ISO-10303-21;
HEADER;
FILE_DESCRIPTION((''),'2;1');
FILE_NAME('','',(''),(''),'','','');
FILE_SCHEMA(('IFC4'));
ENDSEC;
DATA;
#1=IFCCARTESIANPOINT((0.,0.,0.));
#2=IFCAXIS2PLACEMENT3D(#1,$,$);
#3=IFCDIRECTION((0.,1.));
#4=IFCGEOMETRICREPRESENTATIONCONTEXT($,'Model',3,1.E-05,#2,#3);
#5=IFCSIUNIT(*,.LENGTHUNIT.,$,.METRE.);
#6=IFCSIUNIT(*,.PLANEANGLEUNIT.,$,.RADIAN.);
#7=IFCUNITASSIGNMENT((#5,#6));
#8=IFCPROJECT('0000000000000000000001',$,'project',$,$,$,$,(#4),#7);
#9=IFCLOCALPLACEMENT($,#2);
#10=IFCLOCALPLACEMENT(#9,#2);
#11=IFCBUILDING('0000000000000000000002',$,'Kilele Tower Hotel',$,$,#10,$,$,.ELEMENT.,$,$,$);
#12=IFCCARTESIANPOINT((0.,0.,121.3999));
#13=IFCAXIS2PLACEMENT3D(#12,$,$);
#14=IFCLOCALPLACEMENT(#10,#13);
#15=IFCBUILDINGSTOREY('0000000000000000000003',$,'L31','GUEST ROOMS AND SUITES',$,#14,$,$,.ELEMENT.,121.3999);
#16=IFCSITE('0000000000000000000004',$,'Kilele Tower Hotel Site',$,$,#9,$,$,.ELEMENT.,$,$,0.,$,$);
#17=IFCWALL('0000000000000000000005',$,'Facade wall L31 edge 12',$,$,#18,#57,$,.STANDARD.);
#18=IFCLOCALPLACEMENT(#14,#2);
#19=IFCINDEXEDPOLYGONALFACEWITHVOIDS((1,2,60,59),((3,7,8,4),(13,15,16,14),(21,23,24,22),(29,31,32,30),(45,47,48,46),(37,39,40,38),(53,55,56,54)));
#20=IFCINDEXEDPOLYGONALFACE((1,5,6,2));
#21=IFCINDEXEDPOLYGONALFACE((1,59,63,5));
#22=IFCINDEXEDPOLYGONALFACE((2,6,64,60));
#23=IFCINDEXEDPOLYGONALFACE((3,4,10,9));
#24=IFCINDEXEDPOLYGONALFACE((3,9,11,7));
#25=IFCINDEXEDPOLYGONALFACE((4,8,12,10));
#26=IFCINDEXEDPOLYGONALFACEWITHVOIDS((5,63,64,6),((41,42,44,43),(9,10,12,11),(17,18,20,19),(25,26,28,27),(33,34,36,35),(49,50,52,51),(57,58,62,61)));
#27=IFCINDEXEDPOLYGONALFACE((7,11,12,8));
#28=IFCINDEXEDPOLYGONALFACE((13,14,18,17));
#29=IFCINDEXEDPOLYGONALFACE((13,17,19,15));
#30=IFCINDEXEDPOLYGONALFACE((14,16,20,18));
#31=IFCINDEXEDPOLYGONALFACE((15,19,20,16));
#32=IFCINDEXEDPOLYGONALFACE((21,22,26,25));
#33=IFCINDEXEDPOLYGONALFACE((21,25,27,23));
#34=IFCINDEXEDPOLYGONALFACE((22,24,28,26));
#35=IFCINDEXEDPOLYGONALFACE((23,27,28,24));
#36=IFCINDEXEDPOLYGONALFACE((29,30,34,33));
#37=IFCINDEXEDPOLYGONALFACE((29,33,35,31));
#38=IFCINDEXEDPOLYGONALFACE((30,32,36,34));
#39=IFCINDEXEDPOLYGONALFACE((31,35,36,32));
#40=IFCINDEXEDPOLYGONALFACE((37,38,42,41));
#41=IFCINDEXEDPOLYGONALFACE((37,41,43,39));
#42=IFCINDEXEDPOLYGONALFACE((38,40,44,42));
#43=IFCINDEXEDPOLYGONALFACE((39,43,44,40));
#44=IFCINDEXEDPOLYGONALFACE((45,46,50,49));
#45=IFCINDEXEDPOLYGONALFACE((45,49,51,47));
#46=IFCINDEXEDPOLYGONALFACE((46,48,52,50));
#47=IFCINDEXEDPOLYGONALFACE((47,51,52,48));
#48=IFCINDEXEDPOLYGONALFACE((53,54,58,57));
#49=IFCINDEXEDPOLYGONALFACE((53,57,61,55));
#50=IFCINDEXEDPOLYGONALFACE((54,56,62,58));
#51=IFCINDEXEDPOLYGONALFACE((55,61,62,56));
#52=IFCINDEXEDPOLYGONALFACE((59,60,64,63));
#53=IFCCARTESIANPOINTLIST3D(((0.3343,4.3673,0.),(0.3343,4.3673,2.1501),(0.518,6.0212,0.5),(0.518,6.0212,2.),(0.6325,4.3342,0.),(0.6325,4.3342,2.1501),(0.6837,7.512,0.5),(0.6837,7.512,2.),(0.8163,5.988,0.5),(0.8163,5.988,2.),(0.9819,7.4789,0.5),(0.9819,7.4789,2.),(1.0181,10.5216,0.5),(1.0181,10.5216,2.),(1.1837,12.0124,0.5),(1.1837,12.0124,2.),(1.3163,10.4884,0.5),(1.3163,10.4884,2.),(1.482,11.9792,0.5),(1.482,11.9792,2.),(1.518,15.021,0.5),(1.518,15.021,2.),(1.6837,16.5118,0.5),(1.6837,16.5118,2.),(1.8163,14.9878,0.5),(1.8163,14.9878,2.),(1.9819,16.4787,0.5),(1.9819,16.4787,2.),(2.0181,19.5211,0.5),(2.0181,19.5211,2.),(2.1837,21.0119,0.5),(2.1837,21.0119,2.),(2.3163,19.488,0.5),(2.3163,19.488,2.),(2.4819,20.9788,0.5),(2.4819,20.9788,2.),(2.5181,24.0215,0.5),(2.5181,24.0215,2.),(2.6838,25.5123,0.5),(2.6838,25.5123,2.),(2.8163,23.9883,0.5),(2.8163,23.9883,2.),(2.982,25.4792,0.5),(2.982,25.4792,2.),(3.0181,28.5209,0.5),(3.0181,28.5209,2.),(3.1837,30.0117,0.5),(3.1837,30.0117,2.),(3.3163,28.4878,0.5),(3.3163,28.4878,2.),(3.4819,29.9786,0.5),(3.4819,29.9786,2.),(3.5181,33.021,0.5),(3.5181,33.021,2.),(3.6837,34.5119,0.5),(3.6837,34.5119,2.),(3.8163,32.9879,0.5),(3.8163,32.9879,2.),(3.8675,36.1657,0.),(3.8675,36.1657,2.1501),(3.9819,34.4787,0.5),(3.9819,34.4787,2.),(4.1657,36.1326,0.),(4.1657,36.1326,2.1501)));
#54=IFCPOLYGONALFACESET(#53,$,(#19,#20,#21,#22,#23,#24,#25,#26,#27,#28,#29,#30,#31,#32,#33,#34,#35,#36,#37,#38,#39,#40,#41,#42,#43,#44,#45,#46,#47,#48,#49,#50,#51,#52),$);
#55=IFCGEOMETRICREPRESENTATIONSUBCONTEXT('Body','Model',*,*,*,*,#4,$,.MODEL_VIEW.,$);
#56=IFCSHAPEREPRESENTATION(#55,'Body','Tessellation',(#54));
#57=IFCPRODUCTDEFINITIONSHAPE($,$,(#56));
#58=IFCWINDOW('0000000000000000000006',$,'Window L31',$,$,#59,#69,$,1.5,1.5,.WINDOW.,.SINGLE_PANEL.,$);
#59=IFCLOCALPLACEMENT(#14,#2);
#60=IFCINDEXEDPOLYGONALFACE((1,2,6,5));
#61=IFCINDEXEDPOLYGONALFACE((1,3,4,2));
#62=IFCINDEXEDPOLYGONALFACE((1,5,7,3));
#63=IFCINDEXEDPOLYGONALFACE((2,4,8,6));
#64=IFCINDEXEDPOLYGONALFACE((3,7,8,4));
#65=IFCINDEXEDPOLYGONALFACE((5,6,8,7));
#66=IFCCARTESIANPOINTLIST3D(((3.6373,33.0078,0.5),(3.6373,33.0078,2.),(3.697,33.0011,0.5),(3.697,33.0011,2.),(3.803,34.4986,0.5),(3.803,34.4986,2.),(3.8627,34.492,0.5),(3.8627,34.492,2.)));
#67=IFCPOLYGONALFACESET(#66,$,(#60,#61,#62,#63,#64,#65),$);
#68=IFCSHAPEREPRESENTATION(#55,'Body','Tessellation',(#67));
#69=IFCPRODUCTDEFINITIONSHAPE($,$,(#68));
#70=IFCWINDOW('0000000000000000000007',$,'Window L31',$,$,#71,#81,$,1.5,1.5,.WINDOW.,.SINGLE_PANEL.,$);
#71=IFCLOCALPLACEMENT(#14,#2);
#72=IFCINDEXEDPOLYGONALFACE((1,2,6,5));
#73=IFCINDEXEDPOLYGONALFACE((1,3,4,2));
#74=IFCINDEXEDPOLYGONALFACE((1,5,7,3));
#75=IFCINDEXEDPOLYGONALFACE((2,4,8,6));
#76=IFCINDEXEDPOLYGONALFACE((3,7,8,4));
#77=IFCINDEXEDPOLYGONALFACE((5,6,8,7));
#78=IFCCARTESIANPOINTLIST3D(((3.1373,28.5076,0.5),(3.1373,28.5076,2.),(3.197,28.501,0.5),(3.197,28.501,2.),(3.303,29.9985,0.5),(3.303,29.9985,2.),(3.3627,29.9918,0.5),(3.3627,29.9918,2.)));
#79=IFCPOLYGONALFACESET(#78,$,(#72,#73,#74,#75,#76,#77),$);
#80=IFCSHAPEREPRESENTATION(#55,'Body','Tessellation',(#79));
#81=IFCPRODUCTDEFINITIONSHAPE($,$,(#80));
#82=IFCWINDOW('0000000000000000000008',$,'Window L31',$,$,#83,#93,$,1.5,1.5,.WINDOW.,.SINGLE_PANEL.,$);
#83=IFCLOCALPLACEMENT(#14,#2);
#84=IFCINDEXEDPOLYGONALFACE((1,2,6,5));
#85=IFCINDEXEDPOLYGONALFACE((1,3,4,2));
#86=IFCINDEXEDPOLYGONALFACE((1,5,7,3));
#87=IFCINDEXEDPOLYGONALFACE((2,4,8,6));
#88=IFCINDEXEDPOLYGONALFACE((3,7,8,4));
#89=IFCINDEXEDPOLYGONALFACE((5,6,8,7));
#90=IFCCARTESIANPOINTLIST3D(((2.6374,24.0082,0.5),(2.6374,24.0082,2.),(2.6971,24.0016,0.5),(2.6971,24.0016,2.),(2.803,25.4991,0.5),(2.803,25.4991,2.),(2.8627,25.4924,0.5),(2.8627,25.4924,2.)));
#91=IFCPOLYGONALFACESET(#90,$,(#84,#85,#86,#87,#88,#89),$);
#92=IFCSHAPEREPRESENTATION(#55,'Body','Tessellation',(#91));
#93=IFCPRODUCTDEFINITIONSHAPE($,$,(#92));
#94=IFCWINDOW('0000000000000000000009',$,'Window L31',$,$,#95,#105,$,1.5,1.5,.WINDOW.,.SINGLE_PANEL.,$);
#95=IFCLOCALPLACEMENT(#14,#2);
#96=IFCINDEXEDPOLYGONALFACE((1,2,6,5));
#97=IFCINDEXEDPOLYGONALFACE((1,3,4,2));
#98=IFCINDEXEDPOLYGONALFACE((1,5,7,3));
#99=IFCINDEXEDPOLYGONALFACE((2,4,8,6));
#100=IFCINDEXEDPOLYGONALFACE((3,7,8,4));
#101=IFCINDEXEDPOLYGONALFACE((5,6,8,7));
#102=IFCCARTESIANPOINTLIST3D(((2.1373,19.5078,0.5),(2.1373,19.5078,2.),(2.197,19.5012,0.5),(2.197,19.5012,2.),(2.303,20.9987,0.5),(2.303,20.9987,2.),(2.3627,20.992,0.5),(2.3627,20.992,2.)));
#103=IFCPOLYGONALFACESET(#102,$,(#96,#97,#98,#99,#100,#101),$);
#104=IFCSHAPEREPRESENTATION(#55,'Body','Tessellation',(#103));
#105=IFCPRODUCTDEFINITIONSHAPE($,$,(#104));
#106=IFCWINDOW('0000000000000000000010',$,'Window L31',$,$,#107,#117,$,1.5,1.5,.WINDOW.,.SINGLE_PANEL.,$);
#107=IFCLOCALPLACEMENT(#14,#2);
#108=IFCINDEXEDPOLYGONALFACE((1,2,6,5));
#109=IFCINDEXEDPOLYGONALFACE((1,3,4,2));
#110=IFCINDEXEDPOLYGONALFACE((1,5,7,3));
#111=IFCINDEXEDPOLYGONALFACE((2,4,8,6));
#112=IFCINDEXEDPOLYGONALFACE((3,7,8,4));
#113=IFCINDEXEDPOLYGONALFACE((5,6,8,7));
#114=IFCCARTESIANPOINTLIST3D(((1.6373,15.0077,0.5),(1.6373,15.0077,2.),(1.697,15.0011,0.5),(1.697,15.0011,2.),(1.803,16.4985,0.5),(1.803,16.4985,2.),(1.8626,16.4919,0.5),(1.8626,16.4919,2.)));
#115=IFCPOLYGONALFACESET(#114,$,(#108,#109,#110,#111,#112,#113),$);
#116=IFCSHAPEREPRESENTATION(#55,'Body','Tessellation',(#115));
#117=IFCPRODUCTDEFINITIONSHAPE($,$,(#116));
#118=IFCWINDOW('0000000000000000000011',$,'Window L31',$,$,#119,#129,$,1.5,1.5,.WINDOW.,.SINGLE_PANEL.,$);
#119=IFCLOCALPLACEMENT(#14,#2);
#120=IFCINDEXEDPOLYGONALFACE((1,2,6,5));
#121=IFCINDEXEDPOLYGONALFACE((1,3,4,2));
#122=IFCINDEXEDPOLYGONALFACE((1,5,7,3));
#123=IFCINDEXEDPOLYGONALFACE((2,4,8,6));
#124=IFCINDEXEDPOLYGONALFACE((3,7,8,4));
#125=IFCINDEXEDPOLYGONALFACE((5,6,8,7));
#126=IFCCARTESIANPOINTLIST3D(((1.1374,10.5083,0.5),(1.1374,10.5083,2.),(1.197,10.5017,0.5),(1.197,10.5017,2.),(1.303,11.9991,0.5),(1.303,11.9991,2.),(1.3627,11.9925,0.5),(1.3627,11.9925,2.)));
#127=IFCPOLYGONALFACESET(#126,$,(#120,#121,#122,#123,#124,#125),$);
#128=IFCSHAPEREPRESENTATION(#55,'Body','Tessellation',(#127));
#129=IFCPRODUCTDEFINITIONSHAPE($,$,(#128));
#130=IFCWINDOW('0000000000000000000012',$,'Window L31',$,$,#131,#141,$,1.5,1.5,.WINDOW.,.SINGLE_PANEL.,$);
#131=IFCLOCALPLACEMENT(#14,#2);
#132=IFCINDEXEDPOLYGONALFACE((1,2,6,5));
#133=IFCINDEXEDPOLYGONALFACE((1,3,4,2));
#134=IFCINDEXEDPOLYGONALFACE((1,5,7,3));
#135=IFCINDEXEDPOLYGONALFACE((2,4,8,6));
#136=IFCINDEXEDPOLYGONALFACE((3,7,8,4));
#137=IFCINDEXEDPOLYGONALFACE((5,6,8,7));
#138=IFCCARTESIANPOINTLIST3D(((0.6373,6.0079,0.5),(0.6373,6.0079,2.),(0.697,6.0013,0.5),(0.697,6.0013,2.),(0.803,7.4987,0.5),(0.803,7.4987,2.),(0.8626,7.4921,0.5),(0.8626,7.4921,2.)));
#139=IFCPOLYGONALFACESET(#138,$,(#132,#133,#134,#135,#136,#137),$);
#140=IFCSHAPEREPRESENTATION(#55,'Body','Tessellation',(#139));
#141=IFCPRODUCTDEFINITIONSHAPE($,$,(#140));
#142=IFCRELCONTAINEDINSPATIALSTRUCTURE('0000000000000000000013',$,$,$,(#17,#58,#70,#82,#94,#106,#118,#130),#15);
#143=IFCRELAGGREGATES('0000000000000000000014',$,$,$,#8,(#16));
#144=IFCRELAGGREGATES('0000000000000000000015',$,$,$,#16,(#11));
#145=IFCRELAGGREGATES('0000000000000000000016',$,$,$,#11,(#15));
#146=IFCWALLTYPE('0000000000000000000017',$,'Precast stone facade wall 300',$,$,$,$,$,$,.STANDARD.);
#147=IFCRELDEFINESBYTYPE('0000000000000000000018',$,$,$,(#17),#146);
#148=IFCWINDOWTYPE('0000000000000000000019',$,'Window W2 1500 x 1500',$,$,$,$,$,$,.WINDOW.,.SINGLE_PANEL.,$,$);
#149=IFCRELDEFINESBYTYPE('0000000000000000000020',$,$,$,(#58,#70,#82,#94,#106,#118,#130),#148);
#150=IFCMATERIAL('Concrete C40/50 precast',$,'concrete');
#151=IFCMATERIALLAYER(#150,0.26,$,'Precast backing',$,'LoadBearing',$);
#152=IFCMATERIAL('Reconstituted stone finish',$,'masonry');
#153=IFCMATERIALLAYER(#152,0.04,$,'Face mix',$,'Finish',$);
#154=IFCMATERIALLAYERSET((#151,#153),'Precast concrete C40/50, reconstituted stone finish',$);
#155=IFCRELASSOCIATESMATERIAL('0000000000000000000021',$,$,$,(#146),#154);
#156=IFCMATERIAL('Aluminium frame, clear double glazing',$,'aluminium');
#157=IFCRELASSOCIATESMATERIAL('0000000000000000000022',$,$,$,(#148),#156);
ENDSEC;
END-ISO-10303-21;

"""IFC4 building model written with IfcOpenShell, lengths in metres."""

from ifc_helpers import new_model, si_unit, direction, frame, frame_2d, origin, place, context, subcontext, project, spatial, rectangle, extrude, material, layer, layer_set, type_object, element, fill, save


model = new_model("IFC4")

# Units and contexts
model_context = context("Model", 3, precision=1e-05, world=origin(), true_north=direction((0.0, 1.0)))
body_context = subcontext(model_context, "Body", "Model", "MODEL_VIEW")
ifc_project = project(units=[si_unit("LENGTHUNIT", "METRE"), si_unit("PLANEANGLEUNIT", "RADIAN")], contexts=[model_context])

# Site, building, storey
site_placement = place(None, origin())
site = spatial("IfcSite", under=ifc_project, at=site_placement, Name="Kilele Tower Hotel Site", CompositionType="ELEMENT", RefElevation=0.0)
building_placement = place(site_placement, origin())
building = spatial("IfcBuilding", under=site, at=building_placement, Name="Kilele Tower Hotel", CompositionType="ELEMENT")
storey_placement = place(building_placement, frame((0.0, 0.0, 121.3999)))
storey = spatial("IfcBuildingStorey", under=building, at=storey_placement, Name="L31", Description="GUEST ROOMS AND SUITES", CompositionType="ELEMENT", Elevation=121.3999)

# Shared definitions
ifc_material_1 = material(Name="Concrete C40/50 precast", Category="concrete")
ifc_layer_1 = layer(ifc_material_1, 0.26, Name="Precast backing", Category="LoadBearing")
ifc_material_2 = material(Name="Reconstituted stone finish", Category="masonry")
ifc_layer_2 = layer(ifc_material_2, 0.04, Name="Face mix", Category="Finish")
ifc_layer_set_1 = layer_set([ifc_layer_1, ifc_layer_2], Name="Precast concrete C40/50, reconstituted stone finish")
wall_type_1 = type_object("IfcWallType", Name="Precast stone facade wall 300", PredefinedType="STANDARD", material=ifc_layer_set_1)
ifc_material_3 = material(Name="Aluminium frame, clear double glazing", Category="aluminium")
window_type_1 = type_object("IfcWindowType", Name="Window W2 1500 x 1500", PartitioningType="SINGLE_PANEL", PredefinedType="WINDOW", material=ifc_material_3)

# Wall, openings, windows
wall_1_placement = place(storey_placement, frame((4.0166, 36.1492, 0.0), z_axis=(0.0, 0.0, 1.0), x_axis=(-0.110433, -0.993884, 0.0)))
wall_1 = element("IfcWall", 1, at=wall_1_placement, inside=storey, type_object=wall_type_1, Name="Facade wall L31 edge 12", PredefinedType="STANDARD", context=body_context, shape_type="SweptSolid", body=[
    extrude(rectangle(XDim=31.9941, YDim=0.3, at=frame_2d((15.9971, 0.0))), origin(), (0.0, 0.0, 1.0), 2.1501),
])
opening_1_placement = place(wall_1_placement, frame((1.6641, 0.0, 0.5)))
opening_1 = element("IfcOpeningElement", 2, at=opening_1_placement, cuts=wall_1, PredefinedType="OPENING", context=body_context, shape_type="SweptSolid", body=[
    extrude(rectangle(XDim=1.5, YDim=1.5, at=frame_2d((0.75, 0.75))), frame((0.0, 0.1599, 0.0), z_axis=(0.0, -1.0, 0.0), x_axis=(1.0, 0.0, 0.0)), (0.0, 0.0, 1.0), 0.3201),
])
opening_2_placement = place(wall_1_placement, frame((6.1919, 0.0, 0.5)))
opening_2 = element("IfcOpeningElement", 3, at=opening_2_placement, cuts=wall_1, PredefinedType="OPENING", context=body_context, shape_type="SweptSolid", body=[
    extrude(rectangle(XDim=1.5, YDim=1.5, at=frame_2d((0.75, 0.75))), frame((0.0, 0.1599, 0.0), z_axis=(0.0, -1.0, 0.0), x_axis=(1.0, 0.0, 0.0)), (0.0, 0.0, 1.0), 0.3201),
])
opening_3_placement = place(wall_1_placement, frame((10.719, 0.0, 0.5)))
opening_3 = element("IfcOpeningElement", 4, at=opening_3_placement, cuts=wall_1, PredefinedType="OPENING", context=body_context, shape_type="SweptSolid", body=[
    extrude(rectangle(XDim=1.5, YDim=1.5, at=frame_2d((0.75, 0.75))), frame((0.0, 0.1599, 0.0), z_axis=(0.0, -1.0, 0.0), x_axis=(1.0, 0.0, 0.0)), (0.0, 0.0, 1.0), 0.3201),
])
opening_4_placement = place(wall_1_placement, frame((15.2471, 0.0, 0.5)))
opening_4 = element("IfcOpeningElement", 5, at=opening_4_placement, cuts=wall_1, PredefinedType="OPENING", context=body_context, shape_type="SweptSolid", body=[
    extrude(rectangle(XDim=1.5, YDim=1.5, at=frame_2d((0.75, 0.75))), frame((0.0, 0.1599, 0.0), z_axis=(0.0, -1.0, 0.0), x_axis=(1.0, 0.0, 0.0)), (0.0, 0.0, 1.0), 0.3201),
])
opening_5_placement = place(wall_1_placement, frame((19.7749, 0.0, 0.5)))
opening_5 = element("IfcOpeningElement", 6, at=opening_5_placement, cuts=wall_1, PredefinedType="OPENING", context=body_context, shape_type="SweptSolid", body=[
    extrude(rectangle(XDim=1.5, YDim=1.5, at=frame_2d((0.75, 0.75))), frame((0.0, 0.1599, 0.0), z_axis=(0.0, -1.0, 0.0), x_axis=(1.0, 0.0, 0.0)), (0.0, 0.0, 1.0), 0.3201),
])
opening_6_placement = place(wall_1_placement, frame((24.302, 0.0, 0.5)))
opening_6 = element("IfcOpeningElement", 7, at=opening_6_placement, cuts=wall_1, PredefinedType="OPENING", context=body_context, shape_type="SweptSolid", body=[
    extrude(rectangle(XDim=1.5, YDim=1.5, at=frame_2d((0.75, 0.75))), frame((0.0, 0.1599, 0.0), z_axis=(0.0, -1.0, 0.0), x_axis=(1.0, 0.0, 0.0)), (0.0, 0.0, 1.0), 0.3201),
])
opening_7_placement = place(wall_1_placement, frame((28.8301, 0.0, 0.5)))
opening_7 = element("IfcOpeningElement", 8, at=opening_7_placement, cuts=wall_1, PredefinedType="OPENING", context=body_context, shape_type="SweptSolid", body=[
    extrude(rectangle(XDim=1.5, YDim=1.5, at=frame_2d((0.75, 0.75))), frame((0.0, 0.1599, 0.0), z_axis=(0.0, -1.0, 0.0), x_axis=(1.0, 0.0, 0.0)), (0.0, 0.0, 1.0), 0.3201),
])
window_1_placement = place(opening_1_placement, origin())
window_1 = element("IfcWindow", 9, at=window_1_placement, inside=storey, type_object=window_type_1, Name="Window L31", OverallHeight=1.5, OverallWidth=1.5, PartitioningType="SINGLE_PANEL", PredefinedType="WINDOW", context=body_context, shape_type="SweptSolid", body=[
    extrude(rectangle(XDim=1.5, YDim=1.5, at=frame_2d((0.75, 0.75))), frame((0.0, 0.03, 0.0), z_axis=(0.0, -1.0, 0.0), x_axis=(1.0, 0.0, 0.0)), (0.0, 0.0, 1.0), 0.0601),
])
fill(opening_1, window_1)
window_2_placement = place(opening_2_placement, origin())
window_2 = element("IfcWindow", 10, at=window_2_placement, inside=storey, type_object=window_type_1, Name="Window L31", OverallHeight=1.5, OverallWidth=1.5, PartitioningType="SINGLE_PANEL", PredefinedType="WINDOW", context=body_context, shape_type="SweptSolid", body=[
    extrude(rectangle(XDim=1.5, YDim=1.5, at=frame_2d((0.75, 0.75))), frame((0.0, 0.03, 0.0), z_axis=(0.0, -1.0, 0.0), x_axis=(1.0, 0.0, 0.0)), (0.0, 0.0, 1.0), 0.0601),
])
fill(opening_2, window_2)
window_3_placement = place(opening_3_placement, origin())
window_3 = element("IfcWindow", 11, at=window_3_placement, inside=storey, type_object=window_type_1, Name="Window L31", OverallHeight=1.5, OverallWidth=1.5, PartitioningType="SINGLE_PANEL", PredefinedType="WINDOW", context=body_context, shape_type="SweptSolid", body=[
    extrude(rectangle(XDim=1.5, YDim=1.5, at=frame_2d((0.75, 0.75))), frame((0.0, 0.03, 0.0), z_axis=(0.0, -1.0, 0.0), x_axis=(1.0, 0.0, 0.0)), (0.0, 0.0, 1.0), 0.0601),
])
fill(opening_3, window_3)
window_4_placement = place(opening_4_placement, origin())
window_4 = element("IfcWindow", 12, at=window_4_placement, inside=storey, type_object=window_type_1, Name="Window L31", OverallHeight=1.5, OverallWidth=1.5, PartitioningType="SINGLE_PANEL", PredefinedType="WINDOW", context=body_context, shape_type="SweptSolid", body=[
    extrude(rectangle(XDim=1.5, YDim=1.5, at=frame_2d((0.75, 0.75))), frame((0.0, 0.03, 0.0), z_axis=(0.0, -1.0, 0.0), x_axis=(1.0, 0.0, 0.0)), (0.0, 0.0, 1.0), 0.0601),
])
fill(opening_4, window_4)
window_5_placement = place(opening_5_placement, origin())
window_5 = element("IfcWindow", 13, at=window_5_placement, inside=storey, type_object=window_type_1, Name="Window L31", OverallHeight=1.5, OverallWidth=1.5, PartitioningType="SINGLE_PANEL", PredefinedType="WINDOW", context=body_context, shape_type="SweptSolid", body=[
    extrude(rectangle(XDim=1.5, YDim=1.5, at=frame_2d((0.75, 0.75))), frame((0.0, 0.03, 0.0), z_axis=(0.0, -1.0, 0.0), x_axis=(1.0, 0.0, 0.0)), (0.0, 0.0, 1.0), 0.0601),
])
fill(opening_5, window_5)
window_6_placement = place(opening_6_placement, origin())
window_6 = element("IfcWindow", 14, at=window_6_placement, inside=storey, type_object=window_type_1, Name="Window L31", OverallHeight=1.5, OverallWidth=1.5, PartitioningType="SINGLE_PANEL", PredefinedType="WINDOW", context=body_context, shape_type="SweptSolid", body=[
    extrude(rectangle(XDim=1.5, YDim=1.5, at=frame_2d((0.75, 0.75))), frame((0.0, 0.03, 0.0), z_axis=(0.0, -1.0, 0.0), x_axis=(1.0, 0.0, 0.0)), (0.0, 0.0, 1.0), 0.0601),
])
fill(opening_6, window_6)
window_7_placement = place(opening_7_placement, origin())
window_7 = element("IfcWindow", 15, at=window_7_placement, inside=storey, type_object=window_type_1, Name="Window L31", OverallHeight=1.5, OverallWidth=1.5, PartitioningType="SINGLE_PANEL", PredefinedType="WINDOW", context=body_context, shape_type="SweptSolid", body=[
    extrude(rectangle(XDim=1.5, YDim=1.5, at=frame_2d((0.75, 0.75))), frame((0.0, 0.03, 0.0), z_axis=(0.0, -1.0, 0.0), x_axis=(1.0, 0.0, 0.0)), (0.0, 0.0, 1.0), 0.0601),
])
fill(opening_7, window_7)

save(model, "model.ifc")
